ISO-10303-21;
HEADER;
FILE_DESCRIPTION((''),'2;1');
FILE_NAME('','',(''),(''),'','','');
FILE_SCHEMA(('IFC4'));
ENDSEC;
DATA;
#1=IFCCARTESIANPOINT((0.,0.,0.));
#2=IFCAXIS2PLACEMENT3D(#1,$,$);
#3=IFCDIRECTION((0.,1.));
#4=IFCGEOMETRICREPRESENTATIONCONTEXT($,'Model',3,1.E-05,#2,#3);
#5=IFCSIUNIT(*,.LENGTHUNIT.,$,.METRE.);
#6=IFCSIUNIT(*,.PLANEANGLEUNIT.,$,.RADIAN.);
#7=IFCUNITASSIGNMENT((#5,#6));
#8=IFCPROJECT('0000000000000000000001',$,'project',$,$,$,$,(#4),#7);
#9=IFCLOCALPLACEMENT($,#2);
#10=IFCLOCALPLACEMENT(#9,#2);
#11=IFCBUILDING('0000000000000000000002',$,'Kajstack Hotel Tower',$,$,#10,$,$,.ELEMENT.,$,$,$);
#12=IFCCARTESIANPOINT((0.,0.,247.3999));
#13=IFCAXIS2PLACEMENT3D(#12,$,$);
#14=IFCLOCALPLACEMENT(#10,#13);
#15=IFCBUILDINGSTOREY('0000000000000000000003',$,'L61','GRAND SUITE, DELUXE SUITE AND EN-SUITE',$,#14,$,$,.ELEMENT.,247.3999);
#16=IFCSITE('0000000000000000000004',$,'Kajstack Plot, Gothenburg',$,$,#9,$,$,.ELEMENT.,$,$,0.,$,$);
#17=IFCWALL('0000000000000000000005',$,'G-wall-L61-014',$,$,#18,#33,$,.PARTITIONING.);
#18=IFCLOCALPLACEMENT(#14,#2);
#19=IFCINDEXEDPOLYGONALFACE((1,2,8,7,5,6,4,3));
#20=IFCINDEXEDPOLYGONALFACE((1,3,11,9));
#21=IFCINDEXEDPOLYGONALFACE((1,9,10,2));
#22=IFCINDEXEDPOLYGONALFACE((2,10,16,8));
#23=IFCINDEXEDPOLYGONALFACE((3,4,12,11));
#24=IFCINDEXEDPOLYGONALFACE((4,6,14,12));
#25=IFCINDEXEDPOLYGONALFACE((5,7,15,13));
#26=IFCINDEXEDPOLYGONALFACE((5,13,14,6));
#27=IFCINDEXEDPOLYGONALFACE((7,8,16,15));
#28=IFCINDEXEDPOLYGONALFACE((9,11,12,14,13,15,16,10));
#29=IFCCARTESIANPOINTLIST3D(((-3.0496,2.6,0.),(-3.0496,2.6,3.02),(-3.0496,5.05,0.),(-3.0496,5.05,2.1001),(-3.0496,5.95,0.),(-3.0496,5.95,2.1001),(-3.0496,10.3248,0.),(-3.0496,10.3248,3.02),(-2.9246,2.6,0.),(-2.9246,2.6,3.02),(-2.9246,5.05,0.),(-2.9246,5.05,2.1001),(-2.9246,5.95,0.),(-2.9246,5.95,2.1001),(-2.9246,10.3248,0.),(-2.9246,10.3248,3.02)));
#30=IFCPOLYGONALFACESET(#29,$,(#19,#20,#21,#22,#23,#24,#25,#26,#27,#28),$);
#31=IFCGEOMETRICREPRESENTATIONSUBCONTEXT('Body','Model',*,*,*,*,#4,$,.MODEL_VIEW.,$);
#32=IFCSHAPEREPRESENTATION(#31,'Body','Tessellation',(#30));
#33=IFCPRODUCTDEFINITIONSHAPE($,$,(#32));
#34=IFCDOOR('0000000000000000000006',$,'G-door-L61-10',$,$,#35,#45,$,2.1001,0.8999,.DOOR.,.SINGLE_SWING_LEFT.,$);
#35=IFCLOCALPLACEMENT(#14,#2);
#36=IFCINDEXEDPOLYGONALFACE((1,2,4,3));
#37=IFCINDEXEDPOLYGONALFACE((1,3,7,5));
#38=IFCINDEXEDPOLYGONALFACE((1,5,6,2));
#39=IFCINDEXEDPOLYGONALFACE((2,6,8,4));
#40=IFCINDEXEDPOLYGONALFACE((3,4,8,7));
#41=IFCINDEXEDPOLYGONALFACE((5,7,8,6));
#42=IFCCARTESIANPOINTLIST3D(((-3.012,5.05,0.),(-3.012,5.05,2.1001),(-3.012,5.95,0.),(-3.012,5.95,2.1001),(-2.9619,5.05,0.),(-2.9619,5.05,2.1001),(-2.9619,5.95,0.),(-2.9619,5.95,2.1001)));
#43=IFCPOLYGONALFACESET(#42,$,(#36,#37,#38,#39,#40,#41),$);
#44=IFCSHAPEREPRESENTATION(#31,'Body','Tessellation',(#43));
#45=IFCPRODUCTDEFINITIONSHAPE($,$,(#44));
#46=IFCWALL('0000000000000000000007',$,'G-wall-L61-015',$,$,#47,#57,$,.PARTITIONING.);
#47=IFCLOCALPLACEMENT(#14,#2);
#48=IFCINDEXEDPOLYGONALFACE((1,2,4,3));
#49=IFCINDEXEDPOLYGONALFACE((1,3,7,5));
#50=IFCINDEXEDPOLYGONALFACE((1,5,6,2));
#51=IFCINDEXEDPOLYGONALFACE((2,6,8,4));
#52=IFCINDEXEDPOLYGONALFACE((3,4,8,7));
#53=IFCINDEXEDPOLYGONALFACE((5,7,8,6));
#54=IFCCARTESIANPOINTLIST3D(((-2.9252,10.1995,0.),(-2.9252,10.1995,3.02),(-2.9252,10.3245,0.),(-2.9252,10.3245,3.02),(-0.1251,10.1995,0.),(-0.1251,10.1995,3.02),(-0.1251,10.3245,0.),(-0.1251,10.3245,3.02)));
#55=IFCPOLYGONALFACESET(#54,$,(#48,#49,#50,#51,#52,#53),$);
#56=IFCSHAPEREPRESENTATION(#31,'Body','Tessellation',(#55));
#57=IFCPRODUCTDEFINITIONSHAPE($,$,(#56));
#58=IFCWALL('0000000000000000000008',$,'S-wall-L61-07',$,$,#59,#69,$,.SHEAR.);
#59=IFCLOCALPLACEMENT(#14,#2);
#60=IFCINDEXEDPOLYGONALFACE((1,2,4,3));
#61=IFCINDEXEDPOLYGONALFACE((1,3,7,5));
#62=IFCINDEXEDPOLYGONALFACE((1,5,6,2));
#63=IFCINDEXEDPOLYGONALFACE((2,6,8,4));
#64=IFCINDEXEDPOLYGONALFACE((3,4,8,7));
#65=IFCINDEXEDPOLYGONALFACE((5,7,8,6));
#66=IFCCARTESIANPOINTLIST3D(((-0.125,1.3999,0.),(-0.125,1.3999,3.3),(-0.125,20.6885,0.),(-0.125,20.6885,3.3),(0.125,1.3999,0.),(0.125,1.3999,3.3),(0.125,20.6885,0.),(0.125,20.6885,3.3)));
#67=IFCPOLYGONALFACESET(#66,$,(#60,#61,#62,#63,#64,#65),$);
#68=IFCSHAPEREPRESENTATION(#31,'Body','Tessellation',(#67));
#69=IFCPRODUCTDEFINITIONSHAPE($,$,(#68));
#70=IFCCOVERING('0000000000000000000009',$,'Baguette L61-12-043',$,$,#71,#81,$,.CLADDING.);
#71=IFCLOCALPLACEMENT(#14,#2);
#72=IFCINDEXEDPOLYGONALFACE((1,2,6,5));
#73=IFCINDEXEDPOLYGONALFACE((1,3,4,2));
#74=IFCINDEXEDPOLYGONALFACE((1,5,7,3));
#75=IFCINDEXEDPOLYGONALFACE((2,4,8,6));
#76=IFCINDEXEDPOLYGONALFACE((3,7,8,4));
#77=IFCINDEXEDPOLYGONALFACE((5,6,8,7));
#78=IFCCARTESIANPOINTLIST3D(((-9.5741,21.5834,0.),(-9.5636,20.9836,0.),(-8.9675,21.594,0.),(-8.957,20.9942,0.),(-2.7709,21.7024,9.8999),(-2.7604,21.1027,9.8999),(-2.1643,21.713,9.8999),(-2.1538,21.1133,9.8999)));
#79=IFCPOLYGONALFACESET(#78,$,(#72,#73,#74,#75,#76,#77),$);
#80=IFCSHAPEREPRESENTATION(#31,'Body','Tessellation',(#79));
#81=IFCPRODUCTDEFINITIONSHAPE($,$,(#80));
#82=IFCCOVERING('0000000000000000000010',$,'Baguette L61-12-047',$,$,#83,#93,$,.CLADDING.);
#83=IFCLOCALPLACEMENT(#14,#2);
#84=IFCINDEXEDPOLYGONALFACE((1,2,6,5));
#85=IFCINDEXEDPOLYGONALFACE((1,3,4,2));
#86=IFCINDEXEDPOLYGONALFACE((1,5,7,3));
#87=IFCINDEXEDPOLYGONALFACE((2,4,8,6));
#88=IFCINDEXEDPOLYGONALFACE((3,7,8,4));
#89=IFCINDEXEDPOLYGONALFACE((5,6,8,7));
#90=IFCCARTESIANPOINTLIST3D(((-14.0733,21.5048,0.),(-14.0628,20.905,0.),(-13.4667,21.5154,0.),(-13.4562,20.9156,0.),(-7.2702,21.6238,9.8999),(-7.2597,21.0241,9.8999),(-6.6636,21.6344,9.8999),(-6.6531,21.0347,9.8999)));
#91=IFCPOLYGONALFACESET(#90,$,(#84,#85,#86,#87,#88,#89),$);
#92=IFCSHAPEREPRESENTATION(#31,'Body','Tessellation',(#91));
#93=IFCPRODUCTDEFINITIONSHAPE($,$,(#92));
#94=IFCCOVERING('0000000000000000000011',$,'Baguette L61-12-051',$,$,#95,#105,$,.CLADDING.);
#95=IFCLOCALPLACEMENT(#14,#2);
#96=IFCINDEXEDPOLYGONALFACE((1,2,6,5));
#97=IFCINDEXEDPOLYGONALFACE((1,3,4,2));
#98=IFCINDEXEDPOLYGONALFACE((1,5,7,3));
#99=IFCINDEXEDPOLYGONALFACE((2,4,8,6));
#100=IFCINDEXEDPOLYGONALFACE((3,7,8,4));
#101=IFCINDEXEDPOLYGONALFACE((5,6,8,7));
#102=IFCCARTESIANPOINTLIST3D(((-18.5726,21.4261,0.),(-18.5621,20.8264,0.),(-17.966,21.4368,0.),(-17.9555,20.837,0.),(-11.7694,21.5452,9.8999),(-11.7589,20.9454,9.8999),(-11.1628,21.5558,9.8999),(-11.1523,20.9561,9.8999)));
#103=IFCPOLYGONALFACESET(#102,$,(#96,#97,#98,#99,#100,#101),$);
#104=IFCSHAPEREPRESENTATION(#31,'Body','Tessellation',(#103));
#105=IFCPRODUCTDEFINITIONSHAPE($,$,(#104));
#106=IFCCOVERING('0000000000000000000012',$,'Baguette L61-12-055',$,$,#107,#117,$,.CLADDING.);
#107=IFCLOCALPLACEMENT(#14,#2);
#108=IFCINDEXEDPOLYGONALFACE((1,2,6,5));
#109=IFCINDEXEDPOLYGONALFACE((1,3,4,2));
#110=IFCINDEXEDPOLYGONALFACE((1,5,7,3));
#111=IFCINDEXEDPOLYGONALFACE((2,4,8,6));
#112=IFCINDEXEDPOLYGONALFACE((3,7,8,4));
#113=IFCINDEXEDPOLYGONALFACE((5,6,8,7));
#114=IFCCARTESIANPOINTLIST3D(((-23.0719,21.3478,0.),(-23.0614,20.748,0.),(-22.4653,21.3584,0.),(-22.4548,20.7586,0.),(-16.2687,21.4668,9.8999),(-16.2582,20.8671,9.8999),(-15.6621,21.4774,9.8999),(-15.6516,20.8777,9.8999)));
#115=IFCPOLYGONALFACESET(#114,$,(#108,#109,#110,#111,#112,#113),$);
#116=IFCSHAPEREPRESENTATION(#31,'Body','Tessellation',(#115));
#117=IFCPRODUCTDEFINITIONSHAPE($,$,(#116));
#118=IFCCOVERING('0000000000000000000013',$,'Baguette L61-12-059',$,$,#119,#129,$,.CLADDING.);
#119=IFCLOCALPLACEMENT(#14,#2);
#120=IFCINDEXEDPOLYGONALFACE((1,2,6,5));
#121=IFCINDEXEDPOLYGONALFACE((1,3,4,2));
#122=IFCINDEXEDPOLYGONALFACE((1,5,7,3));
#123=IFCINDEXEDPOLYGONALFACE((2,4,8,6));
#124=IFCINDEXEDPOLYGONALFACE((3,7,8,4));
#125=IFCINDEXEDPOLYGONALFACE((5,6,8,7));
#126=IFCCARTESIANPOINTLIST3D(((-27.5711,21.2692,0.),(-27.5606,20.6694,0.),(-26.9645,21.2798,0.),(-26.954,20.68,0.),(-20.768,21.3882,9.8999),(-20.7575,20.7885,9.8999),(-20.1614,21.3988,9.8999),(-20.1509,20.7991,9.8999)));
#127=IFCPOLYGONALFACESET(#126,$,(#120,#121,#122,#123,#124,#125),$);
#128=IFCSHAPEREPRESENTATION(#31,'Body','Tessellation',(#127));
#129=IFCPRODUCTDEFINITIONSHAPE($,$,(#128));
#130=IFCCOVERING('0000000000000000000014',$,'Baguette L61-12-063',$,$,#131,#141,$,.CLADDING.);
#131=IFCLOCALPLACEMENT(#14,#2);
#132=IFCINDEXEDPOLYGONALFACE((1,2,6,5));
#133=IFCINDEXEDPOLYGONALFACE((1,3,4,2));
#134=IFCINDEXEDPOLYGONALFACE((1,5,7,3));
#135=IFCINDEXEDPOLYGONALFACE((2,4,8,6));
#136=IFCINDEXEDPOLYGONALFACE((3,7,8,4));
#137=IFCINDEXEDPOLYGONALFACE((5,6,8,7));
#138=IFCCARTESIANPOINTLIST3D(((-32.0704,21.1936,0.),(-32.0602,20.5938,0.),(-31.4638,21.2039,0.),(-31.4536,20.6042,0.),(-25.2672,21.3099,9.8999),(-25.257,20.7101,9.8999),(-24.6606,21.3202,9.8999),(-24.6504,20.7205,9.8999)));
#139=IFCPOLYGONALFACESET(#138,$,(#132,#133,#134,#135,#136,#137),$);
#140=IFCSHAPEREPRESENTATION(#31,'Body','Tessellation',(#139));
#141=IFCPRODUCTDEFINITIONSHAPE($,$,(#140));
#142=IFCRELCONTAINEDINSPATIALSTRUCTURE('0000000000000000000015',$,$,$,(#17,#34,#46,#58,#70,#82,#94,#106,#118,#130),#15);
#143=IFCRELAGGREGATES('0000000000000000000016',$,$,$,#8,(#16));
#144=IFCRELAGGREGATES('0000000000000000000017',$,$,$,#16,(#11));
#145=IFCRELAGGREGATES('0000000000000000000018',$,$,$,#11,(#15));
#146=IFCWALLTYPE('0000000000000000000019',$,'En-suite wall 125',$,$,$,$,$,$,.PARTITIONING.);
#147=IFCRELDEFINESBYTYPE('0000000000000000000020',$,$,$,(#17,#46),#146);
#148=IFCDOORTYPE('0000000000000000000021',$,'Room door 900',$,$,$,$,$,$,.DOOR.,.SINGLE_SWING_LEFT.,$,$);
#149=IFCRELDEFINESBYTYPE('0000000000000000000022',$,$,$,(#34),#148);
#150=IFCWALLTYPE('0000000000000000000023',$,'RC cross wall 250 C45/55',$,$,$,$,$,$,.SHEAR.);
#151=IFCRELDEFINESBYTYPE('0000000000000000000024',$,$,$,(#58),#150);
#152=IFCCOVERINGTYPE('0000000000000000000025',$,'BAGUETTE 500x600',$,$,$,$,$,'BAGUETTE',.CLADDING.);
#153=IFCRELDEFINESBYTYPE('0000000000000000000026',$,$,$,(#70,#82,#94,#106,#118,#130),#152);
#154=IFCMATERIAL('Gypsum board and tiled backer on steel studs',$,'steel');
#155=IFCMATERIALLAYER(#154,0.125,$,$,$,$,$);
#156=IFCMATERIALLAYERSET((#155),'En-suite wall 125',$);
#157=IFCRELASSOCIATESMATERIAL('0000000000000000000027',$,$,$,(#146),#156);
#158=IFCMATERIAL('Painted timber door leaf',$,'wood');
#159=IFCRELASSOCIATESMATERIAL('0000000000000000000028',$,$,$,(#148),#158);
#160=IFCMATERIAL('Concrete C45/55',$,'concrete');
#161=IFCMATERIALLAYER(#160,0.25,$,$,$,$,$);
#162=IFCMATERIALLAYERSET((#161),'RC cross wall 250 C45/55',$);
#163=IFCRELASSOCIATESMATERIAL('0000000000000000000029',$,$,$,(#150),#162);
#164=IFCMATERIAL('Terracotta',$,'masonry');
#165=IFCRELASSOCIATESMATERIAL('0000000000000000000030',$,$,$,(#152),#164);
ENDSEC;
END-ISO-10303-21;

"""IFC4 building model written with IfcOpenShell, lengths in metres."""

from ifc_helpers import new_model, si_unit, direction, frame, frame_2d, origin, origin_2d, place, context, subcontext, project, spatial, polyline, rectangle, outline, extrude, material, layer, layer_set, material_profile, profile_set, type_object, element, fill, save


model = new_model("IFC4")

# Units and contexts
model_context = context("Model", 3, precision=1e-05, world=origin(), true_north=direction((0.0, 1.0)))
body_context = subcontext(model_context, "Body", "Model", "MODEL_VIEW")
ifc_project = project(units=[si_unit("LENGTHUNIT", "METRE"), si_unit("PLANEANGLEUNIT", "RADIAN")], contexts=[model_context])

# Site, building, storey
site_placement = place(None, origin())
site = spatial("IfcSite", under=ifc_project, at=site_placement, Name="Kajstack Plot, Gothenburg", CompositionType="ELEMENT", RefElevation=0.0)
building_placement = place(site_placement, origin())
building = spatial("IfcBuilding", under=site, at=building_placement, Name="Kajstack Hotel Tower", CompositionType="ELEMENT")
storey_placement = place(building_placement, frame((0.0, 0.0, 247.3999)))
storey = spatial("IfcBuildingStorey", under=building, at=storey_placement, Name="L61", Description="GRAND SUITE, DELUXE SUITE AND EN-SUITE", CompositionType="ELEMENT", Elevation=247.3999)

# Shared definitions
ifc_material_1 = material(Name="Gypsum board and tiled backer on steel studs", Category="steel")
ifc_layer_1 = layer(ifc_material_1, 0.125)
ifc_layer_set_1 = layer_set([ifc_layer_1], Name="En-suite wall 125")
wall_type_1 = type_object("IfcWallType", Name="En-suite wall 125", PredefinedType="PARTITIONING", material=ifc_layer_set_1)

# Shared definitions
ifc_material_2 = material(Name="Painted timber door leaf", Category="wood")
door_type_1 = type_object("IfcDoorType", Name="Room door 900", OperationType="SINGLE_SWING_LEFT", PredefinedType="DOOR", material=ifc_material_2)

# Wall, opening, door
wall_1_placement = place(storey_placement, frame((-2.9871, 2.6001, 0.0), z_axis=(0.0, 0.0, 1.0), x_axis=(0.0, 1.0, 0.0)))
wall_1 = element("IfcWall", 1, at=wall_1_placement, inside=storey, type_object=wall_type_1, Name="G-wall-L61-014", PredefinedType="PARTITIONING", context=body_context, shape_type="SweptSolid", body=[
    extrude(rectangle(XDim=7.7249, YDim=0.125, at=frame_2d((3.8623, 0.0))), origin(), (0.0, 0.0, 1.0), 3.02),
])
opening_1_placement = place(wall_1_placement, frame((2.45, 0.0, 0.0)))
opening_1 = element("IfcOpeningElement", 2, at=opening_1_placement, cuts=wall_1, PredefinedType="OPENING", context=body_context, shape_type="SweptSolid", body=[
    extrude(rectangle(XDim=0.8999, YDim=2.1001, at=frame_2d((0.45, 1.05))), frame((0.0, 0.0725, 0.0), z_axis=(0.0, -1.0, 0.0), x_axis=(1.0, 0.0, 0.0)), (0.0, 0.0, 1.0), 0.145),
])
door_1_placement = place(opening_1_placement, origin())
door_1 = element("IfcDoor", 3, at=door_1_placement, inside=storey, type_object=door_type_1, Name="G-door-L61-10", OperationType="SINGLE_SWING_LEFT", OverallHeight=2.1001, OverallWidth=0.8999, PredefinedType="DOOR", context=body_context, shape_type="SweptSolid", body=[
    extrude(rectangle(XDim=0.8999, YDim=2.1001, at=frame_2d((0.45, 1.05))), frame((0.0, 0.0249, 0.0), z_axis=(0.0, -1.0, 0.0), x_axis=(1.0, 0.0, 0.0)), (0.0, 0.0, 1.0), 0.05),
])
fill(opening_1, door_1)

# Walls
wall_2_placement = place(storey_placement, frame((-2.925, 10.262, 0.0), z_axis=(0.0, 0.0, 1.0), x_axis=(1.0, 0.0, 0.0)))
element("IfcWall", 4, at=wall_2_placement, inside=storey, type_object=wall_type_1, Name="G-wall-L61-015", PredefinedType="PARTITIONING", context=body_context, shape_type="SweptSolid", body=[
    extrude(rectangle(XDim=2.8, YDim=0.125, at=frame_2d((1.3999, 0.0))), origin(), (0.0, 0.0, 1.0), 3.02),
])
ifc_material_3 = material(Name="Concrete C45/55", Category="concrete")
ifc_layer_2 = layer(ifc_material_3, 0.25)
ifc_layer_set_2 = layer_set([ifc_layer_2], Name="RC cross wall 250 C45/55")
wall_type_2 = type_object("IfcWallType", Name="RC cross wall 250 C45/55", PredefinedType="SHEAR", material=ifc_layer_set_2)
wall_3_placement = place(storey_placement, frame((0.0, 1.3999, 0.0), z_axis=(0.0, 0.0, 1.0), x_axis=(0.0, 1.0, 0.0)))
element("IfcWall", 5, at=wall_3_placement, inside=storey, type_object=wall_type_2, Name="S-wall-L61-07", PredefinedType="SHEAR", context=body_context, shape_type="SweptSolid", body=[
    extrude(rectangle(XDim=19.2886, YDim=0.25, at=frame_2d((9.6443, 0.0))), origin(), (0.0, 0.0, 1.0), 3.3),
])

# Coverings
ifc_material_4 = material(Name="Terracotta", Category="masonry")
ifc_material_profile = material_profile(ifc_material_4, rectangle(XDim=0.6001, YDim=0.5, at=origin_2d()), Name="Terracotta-clad concrete baguette 500 x 600")
ifc_profile_set = profile_set([ifc_material_profile], Name="Terracotta")
covering_type = type_object("IfcCoveringType", Name="BAGUETTE 500x600", ElementType="BAGUETTE", PredefinedType="CLADDING", material=ifc_profile_set)
for number, where, z_axis, x_axis, name in (
    (6, (-2.1538, 21.1133, 0.0), (-0.017498, 0.999847, 0.0), (-0.999847, -0.017498, 0.0), "Baguette L61-12-043"),
    (7, (-6.6531, 21.0347, 0.0), (-0.017498, 0.999847, 0.0), (-0.999847, -0.017498, 0.0), "Baguette L61-12-047"),
    (8, (-11.1523, 20.9561, 0.0), (-0.017498, 0.999847, 0.0), (-0.999847, -0.017498, 0.0), "Baguette L61-12-051"),
    (9, (-15.6516, 20.8777, 0.0), (-0.017498, 0.999847, 0.0), (-0.999847, -0.017498, 0.0), "Baguette L61-12-055"),
    (10, (-20.1509, 20.7991, 0.0), (-0.017498, 0.999847, 0.0), (-0.999847, -0.017498, 0.0), "Baguette L61-12-059"),
    (11, (-24.6504, 20.7205, 0.0), (-0.017092, 0.999854, 0.0), (-0.999854, -0.017092, 0.0), "Baguette L61-12-063"),
):
    element("IfcCovering", number, at=place(storey_placement, frame(where, z_axis=z_axis, x_axis=x_axis)), inside=storey, type_object=covering_type, Name=name, PredefinedType="CLADDING", context=body_context, shape_type="SweptSolid", body=[
        extrude(outline(polyline([(0.0, 9.8999), (6.8042, 0.0), (7.4109, 0.0), (0.6067, 9.8999), (0.0, 9.8999)])), origin(), (0.0, 0.0, 1.0), 0.5999),
    ])

save(model, "model.ifc")
